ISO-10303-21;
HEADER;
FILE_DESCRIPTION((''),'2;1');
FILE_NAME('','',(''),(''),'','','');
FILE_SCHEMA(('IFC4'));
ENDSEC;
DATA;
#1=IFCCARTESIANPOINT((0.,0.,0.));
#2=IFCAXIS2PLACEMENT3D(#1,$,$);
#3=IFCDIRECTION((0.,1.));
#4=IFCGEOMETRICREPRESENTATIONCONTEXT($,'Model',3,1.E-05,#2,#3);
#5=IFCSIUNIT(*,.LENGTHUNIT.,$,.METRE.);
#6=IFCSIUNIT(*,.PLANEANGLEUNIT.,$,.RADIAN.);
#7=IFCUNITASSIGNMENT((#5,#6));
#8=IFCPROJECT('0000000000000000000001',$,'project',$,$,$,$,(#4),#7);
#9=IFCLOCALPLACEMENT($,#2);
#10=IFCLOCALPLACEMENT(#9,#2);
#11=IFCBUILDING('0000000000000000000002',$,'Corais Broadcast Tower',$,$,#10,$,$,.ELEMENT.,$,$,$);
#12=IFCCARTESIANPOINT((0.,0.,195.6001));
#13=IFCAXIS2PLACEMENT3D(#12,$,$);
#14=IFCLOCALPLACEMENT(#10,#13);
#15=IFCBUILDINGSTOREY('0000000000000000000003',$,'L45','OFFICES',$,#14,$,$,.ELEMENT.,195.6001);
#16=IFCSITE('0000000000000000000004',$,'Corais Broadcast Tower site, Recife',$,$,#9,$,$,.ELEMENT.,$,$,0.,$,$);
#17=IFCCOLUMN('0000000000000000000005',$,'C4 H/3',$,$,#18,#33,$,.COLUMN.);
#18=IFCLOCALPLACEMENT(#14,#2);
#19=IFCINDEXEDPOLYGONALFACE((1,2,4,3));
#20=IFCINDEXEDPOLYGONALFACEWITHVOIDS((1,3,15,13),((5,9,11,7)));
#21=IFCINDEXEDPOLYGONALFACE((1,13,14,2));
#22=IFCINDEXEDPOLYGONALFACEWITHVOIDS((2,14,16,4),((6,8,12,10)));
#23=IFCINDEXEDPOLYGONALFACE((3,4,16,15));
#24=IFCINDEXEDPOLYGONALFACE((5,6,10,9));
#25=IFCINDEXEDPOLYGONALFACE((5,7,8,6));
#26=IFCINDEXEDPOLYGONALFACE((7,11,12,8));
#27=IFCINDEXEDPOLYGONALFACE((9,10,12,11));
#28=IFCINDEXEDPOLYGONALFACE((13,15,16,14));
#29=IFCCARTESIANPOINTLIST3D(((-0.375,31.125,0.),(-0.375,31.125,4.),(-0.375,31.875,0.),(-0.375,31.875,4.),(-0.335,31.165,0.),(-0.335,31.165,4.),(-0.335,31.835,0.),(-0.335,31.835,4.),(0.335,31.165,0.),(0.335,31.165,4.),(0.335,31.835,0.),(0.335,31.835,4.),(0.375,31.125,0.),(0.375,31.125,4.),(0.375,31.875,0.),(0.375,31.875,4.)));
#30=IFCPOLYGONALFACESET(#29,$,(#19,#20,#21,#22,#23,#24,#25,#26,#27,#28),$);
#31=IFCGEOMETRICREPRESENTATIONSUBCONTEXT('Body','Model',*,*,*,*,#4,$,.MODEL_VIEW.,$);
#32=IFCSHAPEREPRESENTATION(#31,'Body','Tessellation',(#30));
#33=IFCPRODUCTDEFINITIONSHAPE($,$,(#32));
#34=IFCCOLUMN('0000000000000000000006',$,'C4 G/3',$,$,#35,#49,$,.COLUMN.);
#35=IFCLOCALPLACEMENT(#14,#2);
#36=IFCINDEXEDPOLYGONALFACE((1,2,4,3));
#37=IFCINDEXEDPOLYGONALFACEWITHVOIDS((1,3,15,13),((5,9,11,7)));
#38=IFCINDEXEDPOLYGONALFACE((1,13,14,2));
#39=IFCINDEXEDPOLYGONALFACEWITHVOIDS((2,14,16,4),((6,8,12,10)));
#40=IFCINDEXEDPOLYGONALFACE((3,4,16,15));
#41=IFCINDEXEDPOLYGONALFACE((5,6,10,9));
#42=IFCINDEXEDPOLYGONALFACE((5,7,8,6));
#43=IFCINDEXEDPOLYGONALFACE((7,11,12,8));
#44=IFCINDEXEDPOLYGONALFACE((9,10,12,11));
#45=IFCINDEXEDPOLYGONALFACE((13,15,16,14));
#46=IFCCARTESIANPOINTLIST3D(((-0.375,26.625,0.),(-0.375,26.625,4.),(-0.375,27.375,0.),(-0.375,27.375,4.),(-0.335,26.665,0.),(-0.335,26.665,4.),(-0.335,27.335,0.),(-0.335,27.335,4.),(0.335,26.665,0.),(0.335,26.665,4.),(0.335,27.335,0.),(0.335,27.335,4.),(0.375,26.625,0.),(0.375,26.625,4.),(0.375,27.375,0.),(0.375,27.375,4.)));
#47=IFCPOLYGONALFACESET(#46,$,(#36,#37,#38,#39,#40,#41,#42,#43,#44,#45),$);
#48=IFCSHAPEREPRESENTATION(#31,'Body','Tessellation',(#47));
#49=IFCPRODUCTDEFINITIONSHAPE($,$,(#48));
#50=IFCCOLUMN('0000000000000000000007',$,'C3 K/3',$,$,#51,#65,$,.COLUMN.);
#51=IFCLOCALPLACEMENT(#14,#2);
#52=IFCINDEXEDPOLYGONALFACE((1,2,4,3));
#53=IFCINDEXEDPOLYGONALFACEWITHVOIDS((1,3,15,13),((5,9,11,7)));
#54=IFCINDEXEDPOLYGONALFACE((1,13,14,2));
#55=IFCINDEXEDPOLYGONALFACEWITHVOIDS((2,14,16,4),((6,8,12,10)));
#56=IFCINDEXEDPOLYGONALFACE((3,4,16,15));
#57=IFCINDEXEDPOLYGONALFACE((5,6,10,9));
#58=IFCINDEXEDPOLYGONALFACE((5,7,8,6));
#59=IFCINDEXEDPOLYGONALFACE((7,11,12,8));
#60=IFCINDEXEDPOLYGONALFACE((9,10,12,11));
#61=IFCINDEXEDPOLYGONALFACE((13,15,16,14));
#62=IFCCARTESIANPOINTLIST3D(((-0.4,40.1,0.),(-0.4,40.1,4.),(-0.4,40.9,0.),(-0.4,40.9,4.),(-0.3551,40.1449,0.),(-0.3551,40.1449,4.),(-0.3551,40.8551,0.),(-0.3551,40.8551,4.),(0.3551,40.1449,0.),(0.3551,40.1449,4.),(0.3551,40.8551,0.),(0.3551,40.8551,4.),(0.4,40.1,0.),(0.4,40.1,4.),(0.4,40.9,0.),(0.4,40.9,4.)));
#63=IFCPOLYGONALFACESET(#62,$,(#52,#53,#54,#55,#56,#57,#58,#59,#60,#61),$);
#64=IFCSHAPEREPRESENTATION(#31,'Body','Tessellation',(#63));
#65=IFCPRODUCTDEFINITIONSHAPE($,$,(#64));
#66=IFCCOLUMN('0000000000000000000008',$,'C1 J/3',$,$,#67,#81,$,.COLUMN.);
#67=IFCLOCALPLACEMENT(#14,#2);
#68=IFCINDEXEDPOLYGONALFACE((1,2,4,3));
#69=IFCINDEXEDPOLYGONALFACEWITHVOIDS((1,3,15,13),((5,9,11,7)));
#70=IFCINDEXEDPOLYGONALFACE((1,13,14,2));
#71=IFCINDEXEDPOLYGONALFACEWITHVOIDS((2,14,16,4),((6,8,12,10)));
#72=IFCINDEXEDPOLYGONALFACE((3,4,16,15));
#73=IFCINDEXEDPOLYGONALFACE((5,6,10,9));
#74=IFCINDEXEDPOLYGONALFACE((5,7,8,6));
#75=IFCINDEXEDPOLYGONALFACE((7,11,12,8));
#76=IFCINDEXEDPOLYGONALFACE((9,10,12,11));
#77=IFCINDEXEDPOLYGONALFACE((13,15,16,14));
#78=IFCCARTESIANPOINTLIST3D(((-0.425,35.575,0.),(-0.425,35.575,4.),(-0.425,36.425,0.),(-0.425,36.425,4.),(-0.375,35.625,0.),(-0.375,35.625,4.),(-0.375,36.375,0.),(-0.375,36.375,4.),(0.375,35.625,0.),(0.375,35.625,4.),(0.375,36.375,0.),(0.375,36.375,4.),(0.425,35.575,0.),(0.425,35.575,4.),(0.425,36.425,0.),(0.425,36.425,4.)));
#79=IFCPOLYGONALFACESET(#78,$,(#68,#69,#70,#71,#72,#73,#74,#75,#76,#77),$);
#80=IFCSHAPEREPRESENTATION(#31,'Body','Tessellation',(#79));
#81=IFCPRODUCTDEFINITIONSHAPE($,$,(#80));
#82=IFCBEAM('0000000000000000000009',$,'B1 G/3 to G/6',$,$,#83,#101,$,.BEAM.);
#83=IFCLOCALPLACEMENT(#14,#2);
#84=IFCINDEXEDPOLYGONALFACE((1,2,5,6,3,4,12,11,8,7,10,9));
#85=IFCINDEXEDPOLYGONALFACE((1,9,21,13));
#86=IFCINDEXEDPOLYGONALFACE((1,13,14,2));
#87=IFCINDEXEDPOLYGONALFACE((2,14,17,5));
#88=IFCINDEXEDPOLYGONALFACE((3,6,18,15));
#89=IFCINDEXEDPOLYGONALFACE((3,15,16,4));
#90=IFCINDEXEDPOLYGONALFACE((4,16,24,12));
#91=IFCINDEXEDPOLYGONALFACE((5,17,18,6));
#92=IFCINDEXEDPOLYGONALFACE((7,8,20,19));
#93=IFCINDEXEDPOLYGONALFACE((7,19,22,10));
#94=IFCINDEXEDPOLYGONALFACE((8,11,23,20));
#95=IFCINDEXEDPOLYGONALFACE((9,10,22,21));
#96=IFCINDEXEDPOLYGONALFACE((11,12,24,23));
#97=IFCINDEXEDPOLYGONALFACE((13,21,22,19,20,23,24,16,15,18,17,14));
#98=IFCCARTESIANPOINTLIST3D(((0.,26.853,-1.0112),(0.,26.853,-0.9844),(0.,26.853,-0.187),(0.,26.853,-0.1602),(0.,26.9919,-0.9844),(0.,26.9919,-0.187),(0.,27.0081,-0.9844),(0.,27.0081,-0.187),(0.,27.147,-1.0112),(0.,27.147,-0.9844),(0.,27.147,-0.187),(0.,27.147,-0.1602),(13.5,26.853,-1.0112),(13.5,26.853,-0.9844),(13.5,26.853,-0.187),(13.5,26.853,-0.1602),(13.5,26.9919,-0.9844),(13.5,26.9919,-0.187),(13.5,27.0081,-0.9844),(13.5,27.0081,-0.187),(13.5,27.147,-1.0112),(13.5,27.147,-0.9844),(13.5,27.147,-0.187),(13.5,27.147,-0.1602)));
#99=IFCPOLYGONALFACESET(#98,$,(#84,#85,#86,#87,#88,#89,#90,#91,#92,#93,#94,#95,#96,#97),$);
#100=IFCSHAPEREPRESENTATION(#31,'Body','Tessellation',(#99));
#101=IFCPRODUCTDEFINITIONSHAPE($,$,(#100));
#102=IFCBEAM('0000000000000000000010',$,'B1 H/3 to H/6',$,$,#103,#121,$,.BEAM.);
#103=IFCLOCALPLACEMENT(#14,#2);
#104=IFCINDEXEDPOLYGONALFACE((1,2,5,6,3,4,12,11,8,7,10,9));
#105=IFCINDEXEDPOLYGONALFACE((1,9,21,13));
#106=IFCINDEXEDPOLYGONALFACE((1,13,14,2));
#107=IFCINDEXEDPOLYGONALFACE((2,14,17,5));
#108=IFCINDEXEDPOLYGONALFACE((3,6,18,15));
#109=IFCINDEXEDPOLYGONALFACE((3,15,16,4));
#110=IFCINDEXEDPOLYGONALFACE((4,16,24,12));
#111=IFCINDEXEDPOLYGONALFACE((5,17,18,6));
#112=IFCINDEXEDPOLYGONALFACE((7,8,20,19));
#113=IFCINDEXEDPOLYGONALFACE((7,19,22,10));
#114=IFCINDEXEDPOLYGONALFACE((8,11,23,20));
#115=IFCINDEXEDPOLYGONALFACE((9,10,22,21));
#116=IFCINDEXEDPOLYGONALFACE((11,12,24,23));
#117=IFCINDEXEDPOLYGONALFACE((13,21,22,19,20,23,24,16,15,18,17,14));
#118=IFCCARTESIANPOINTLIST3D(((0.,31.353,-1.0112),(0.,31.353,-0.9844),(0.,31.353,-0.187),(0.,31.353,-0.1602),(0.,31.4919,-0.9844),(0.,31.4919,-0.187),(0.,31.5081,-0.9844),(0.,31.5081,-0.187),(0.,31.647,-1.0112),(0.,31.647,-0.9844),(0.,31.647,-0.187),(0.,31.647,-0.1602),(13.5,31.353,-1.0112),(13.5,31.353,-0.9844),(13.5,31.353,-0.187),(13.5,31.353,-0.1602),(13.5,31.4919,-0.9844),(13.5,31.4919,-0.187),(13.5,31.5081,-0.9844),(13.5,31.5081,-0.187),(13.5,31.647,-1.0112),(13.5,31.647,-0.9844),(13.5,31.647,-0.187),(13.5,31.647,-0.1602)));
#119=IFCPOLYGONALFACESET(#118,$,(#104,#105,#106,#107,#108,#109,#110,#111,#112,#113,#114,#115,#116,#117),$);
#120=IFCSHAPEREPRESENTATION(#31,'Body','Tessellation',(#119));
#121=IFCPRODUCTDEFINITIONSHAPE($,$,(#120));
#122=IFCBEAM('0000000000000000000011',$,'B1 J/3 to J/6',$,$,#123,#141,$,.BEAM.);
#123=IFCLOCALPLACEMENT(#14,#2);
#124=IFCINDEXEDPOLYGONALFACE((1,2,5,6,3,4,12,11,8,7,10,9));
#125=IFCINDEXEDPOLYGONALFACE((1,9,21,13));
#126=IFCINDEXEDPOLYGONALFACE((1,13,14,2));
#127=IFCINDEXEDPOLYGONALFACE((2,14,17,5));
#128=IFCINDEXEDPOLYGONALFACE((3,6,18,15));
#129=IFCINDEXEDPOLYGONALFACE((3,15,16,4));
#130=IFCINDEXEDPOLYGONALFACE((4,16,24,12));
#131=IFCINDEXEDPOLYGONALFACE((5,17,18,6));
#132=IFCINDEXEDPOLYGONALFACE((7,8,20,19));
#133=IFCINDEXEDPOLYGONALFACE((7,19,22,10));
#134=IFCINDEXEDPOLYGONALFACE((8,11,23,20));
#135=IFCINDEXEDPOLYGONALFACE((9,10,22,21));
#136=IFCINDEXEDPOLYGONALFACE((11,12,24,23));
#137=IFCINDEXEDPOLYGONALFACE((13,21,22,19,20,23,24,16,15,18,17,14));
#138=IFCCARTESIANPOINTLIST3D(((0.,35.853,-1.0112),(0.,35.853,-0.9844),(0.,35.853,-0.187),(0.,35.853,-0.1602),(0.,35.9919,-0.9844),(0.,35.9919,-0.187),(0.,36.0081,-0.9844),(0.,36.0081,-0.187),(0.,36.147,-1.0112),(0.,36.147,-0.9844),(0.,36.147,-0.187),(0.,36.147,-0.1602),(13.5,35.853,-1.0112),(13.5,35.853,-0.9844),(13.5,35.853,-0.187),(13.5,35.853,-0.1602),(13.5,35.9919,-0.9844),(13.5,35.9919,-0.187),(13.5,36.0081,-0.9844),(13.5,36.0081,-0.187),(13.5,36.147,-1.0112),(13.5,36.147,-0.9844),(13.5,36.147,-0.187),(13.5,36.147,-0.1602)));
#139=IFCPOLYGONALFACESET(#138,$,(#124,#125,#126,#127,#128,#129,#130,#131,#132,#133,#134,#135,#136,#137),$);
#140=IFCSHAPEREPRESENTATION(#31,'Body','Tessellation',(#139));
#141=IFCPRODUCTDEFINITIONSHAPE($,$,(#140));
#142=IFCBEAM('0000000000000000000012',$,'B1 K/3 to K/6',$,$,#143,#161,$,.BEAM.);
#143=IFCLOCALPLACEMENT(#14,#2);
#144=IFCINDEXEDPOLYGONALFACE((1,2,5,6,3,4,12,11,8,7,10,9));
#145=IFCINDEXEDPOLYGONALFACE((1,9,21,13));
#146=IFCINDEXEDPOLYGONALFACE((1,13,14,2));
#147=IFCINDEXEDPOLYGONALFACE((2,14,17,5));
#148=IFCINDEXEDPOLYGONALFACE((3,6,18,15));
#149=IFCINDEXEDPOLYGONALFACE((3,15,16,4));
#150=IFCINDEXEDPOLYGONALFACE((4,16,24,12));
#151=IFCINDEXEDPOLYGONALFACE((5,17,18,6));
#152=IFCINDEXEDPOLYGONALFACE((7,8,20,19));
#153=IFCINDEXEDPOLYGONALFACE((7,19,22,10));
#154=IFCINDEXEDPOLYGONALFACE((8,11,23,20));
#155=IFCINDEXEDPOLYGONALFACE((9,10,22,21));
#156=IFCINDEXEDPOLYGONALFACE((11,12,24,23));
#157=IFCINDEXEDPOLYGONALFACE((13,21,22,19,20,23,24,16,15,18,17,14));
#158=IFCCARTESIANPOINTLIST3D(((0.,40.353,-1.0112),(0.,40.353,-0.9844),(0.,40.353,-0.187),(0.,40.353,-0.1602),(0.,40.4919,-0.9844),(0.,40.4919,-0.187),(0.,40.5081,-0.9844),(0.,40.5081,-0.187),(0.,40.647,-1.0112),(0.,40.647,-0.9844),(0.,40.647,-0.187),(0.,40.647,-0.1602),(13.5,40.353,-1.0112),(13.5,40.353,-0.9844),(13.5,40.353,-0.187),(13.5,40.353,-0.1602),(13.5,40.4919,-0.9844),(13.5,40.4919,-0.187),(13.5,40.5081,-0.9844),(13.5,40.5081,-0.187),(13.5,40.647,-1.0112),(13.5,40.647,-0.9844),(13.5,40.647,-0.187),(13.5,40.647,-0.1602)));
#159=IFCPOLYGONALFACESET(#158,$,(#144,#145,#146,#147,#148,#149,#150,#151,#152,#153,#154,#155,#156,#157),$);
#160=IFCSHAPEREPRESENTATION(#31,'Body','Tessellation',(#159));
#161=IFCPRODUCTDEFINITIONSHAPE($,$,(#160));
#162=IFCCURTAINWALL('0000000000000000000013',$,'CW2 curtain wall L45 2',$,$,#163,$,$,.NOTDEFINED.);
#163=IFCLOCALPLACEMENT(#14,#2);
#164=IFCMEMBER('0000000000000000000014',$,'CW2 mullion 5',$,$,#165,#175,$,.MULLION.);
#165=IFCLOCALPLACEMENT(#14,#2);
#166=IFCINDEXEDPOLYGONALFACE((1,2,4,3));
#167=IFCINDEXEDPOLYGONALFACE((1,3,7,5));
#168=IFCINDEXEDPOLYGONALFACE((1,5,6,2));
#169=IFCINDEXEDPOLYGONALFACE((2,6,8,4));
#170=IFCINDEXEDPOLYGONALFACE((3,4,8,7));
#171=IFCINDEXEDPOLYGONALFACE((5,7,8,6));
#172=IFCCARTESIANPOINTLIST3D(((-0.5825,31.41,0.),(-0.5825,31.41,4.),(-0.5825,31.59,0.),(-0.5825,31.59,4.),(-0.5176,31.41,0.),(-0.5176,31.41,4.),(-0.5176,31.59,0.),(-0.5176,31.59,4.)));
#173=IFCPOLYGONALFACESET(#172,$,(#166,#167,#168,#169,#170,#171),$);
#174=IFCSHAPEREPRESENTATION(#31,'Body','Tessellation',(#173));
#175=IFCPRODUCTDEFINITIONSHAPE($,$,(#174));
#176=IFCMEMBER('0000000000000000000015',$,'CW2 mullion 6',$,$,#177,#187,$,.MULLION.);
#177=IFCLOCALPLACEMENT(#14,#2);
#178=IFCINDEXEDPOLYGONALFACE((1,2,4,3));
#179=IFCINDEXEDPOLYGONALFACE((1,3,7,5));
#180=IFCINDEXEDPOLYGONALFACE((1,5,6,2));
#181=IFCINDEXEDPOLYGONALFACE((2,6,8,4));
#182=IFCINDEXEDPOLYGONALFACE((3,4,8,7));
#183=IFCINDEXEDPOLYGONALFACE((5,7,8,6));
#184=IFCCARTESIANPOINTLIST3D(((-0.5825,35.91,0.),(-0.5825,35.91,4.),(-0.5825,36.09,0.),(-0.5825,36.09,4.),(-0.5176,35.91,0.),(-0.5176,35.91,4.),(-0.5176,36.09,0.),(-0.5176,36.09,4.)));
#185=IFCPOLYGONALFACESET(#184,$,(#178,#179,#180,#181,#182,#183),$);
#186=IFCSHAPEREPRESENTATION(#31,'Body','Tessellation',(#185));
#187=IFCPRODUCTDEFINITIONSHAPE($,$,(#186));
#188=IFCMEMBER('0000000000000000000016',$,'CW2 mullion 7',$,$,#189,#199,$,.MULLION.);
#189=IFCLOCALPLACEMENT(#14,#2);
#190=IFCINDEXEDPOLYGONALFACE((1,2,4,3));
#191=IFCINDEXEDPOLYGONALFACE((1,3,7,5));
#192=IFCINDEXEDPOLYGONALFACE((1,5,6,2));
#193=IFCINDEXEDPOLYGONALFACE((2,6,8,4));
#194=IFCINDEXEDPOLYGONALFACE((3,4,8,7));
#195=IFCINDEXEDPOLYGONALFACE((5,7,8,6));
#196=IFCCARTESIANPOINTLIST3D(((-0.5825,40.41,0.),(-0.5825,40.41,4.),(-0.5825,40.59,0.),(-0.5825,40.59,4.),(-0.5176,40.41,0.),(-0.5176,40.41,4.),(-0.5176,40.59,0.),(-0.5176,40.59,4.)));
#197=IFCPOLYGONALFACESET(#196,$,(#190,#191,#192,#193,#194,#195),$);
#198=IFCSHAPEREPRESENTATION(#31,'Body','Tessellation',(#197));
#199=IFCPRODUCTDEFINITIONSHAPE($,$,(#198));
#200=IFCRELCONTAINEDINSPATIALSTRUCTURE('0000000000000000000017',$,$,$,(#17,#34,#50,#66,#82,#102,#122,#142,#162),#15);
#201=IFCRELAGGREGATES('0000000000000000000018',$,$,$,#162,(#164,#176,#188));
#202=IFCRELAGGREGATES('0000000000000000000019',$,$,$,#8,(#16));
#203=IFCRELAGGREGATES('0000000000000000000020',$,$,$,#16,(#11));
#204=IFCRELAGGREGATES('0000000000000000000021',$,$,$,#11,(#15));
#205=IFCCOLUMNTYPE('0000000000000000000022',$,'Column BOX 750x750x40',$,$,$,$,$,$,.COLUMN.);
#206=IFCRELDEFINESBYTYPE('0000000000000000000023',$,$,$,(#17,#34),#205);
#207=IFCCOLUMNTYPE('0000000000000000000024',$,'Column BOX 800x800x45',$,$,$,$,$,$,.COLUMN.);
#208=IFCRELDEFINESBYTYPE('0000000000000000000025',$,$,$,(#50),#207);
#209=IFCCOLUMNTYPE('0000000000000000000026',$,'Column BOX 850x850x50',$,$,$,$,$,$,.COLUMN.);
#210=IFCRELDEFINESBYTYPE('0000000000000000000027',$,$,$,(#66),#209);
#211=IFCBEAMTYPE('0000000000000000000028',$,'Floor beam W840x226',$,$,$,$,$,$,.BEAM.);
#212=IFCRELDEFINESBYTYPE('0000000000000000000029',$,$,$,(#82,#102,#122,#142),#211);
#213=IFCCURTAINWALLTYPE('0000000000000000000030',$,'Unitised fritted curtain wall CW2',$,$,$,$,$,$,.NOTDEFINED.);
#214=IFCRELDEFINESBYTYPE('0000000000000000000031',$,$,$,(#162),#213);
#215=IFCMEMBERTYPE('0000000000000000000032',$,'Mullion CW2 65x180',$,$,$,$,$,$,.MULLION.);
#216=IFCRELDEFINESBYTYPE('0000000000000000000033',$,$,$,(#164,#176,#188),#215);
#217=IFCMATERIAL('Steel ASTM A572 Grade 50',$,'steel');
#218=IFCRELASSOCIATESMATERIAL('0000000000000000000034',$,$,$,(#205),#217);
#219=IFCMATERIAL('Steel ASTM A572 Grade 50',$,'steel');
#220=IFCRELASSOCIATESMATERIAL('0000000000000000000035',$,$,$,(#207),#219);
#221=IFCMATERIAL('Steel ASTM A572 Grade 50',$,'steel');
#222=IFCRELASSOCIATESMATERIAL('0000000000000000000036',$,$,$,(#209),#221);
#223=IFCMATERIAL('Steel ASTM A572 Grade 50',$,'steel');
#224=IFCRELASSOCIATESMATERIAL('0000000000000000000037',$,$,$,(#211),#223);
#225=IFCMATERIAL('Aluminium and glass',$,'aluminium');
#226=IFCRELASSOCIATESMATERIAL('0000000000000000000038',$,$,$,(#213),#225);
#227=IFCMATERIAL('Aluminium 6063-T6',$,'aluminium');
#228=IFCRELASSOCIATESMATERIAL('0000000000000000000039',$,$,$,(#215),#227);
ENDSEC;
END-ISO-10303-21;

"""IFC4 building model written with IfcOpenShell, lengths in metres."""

from ifc_helpers import new_model, si_unit, direction, frame, origin, origin_2d, place, context, subcontext, project, spatial, rectangle, hollow_rectangle, i_section, extrude, material, material_profile, profile_set, type_object, element, aggregate, save


model = new_model("IFC4")

# Units and contexts
model_context = context("Model", 3, precision=1e-05, world=origin(), true_north=direction((0.0, 1.0)))
body_context = subcontext(model_context, "Body", "Model", "MODEL_VIEW")
ifc_project = project(units=[si_unit("LENGTHUNIT", "METRE"), si_unit("PLANEANGLEUNIT", "RADIAN")], contexts=[model_context])

# Site, building, storey
site_placement = place(None, origin())
site = spatial("IfcSite", under=ifc_project, at=site_placement, Name="Corais Broadcast Tower site, Recife", CompositionType="ELEMENT", RefElevation=0.0)
building_placement = place(site_placement, origin())
building = spatial("IfcBuilding", under=site, at=building_placement, Name="Corais Broadcast Tower", CompositionType="ELEMENT")
storey_placement = place(building_placement, frame((0.0, 0.0, 195.6001)))
storey = spatial("IfcBuildingStorey", under=building, at=storey_placement, Name="L45", Description="OFFICES", CompositionType="ELEMENT", Elevation=195.6001)

# Columns
ifc_material_1 = material(Name="Steel ASTM A572 Grade 50", Category="steel")
ifc_material_profile_1 = material_profile(ifc_material_1, hollow_rectangle(XDim=0.75, YDim=0.75, WallThickness=0.04, at=origin_2d()), Name="BOX 750x750x40")
ifc_profile_set_1 = profile_set([ifc_material_profile_1], Name="Steel ASTM A572 Grade 50")
column_type_1 = type_object("IfcColumnType", Name="Column BOX 750x750x40", PredefinedType="COLUMN", material=ifc_profile_set_1)
for number, where, z_axis, x_axis, name in (
    (1, (0.0, 31.5, 0.0), (0.0, 0.0, 1.0), (1.0, 0.0, 0.0), "C4 H/3"),
    (2, (0.0, 27.0, 0.0), (0.0, 0.0, 1.0), (1.0, 0.0, 0.0), "C4 G/3"),
):
    element("IfcColumn", number, at=place(storey_placement, frame(where, z_axis=z_axis, x_axis=x_axis)), inside=storey, type_object=column_type_1, Name=name, PredefinedType="COLUMN", context=body_context, shape_type="SweptSolid", body=[
        extrude(hollow_rectangle(XDim=0.75, YDim=0.75, WallThickness=0.04, at=origin_2d()), origin(), (0.0, 0.0, 1.0), 4.0),
    ])
ifc_material_2 = material(Name="Steel ASTM A572 Grade 50", Category="steel")
ifc_material_profile_2 = material_profile(ifc_material_2, hollow_rectangle(XDim=0.8, YDim=0.8, WallThickness=0.0449, at=origin_2d()), Name="BOX 800x800x45")
ifc_profile_set_2 = profile_set([ifc_material_profile_2], Name="Steel ASTM A572 Grade 50")
column_type_2 = type_object("IfcColumnType", Name="Column BOX 800x800x45", PredefinedType="COLUMN", material=ifc_profile_set_2)
column_1_placement = place(storey_placement, frame((0.0, 40.5, 0.0), z_axis=(0.0, 0.0, 1.0), x_axis=(1.0, 0.0, 0.0)))
element("IfcColumn", 3, at=column_1_placement, inside=storey, type_object=column_type_2, Name="C3 K/3", PredefinedType="COLUMN", context=body_context, shape_type="SweptSolid", body=[
    extrude(hollow_rectangle(XDim=0.8, YDim=0.8, WallThickness=0.0449, at=origin_2d()), origin(), (0.0, 0.0, 1.0), 4.0),
])
ifc_material_3 = material(Name="Steel ASTM A572 Grade 50", Category="steel")
ifc_material_profile_3 = material_profile(ifc_material_3, hollow_rectangle(XDim=0.8501, YDim=0.8501, WallThickness=0.05, at=origin_2d()), Name="BOX 850x850x50")
ifc_profile_set_3 = profile_set([ifc_material_profile_3], Name="Steel ASTM A572 Grade 50")
column_type_3 = type_object("IfcColumnType", Name="Column BOX 850x850x50", PredefinedType="COLUMN", material=ifc_profile_set_3)
column_2_placement = place(storey_placement, frame((0.0, 36.0, 0.0), z_axis=(0.0, 0.0, 1.0), x_axis=(1.0, 0.0, 0.0)))
element("IfcColumn", 4, at=column_2_placement, inside=storey, type_object=column_type_3, Name="C1 J/3", PredefinedType="COLUMN", context=body_context, shape_type="SweptSolid", body=[
    extrude(hollow_rectangle(XDim=0.8501, YDim=0.8501, WallThickness=0.05, at=origin_2d()), origin(), (0.0, 0.0, 1.0), 4.0),
])

# Beams
ifc_material_4 = material(Name="Steel ASTM A572 Grade 50", Category="steel")
ifc_material_profile_4 = material_profile(ifc_material_4, i_section(OverallWidth=0.2939, OverallDepth=0.8511, WebThickness=0.0161, FlangeThickness=0.0269, at=origin_2d()), Name="W840x226")
ifc_profile_set_4 = profile_set([ifc_material_profile_4], Name="Steel ASTM A572 Grade 50")
beam_type_1 = type_object("IfcBeamType", Name="Floor beam W840x226", PredefinedType="BEAM", material=ifc_profile_set_4)
for number, where, z_axis, x_axis, name in (
    (5, (0.0, 27.0, -0.5857), (1.0, 0.0, 0.0), (0.0, 1.0, 0.0), "B1 G/3 to G/6"),
    (6, (0.0, 31.5, -0.5857), (1.0, 0.0, 0.0), (0.0, 1.0, 0.0), "B1 H/3 to H/6"),
    (7, (0.0, 36.0, -0.5857), (1.0, 0.0, 0.0), (0.0, 1.0, 0.0), "B1 J/3 to J/6"),
    (8, (0.0, 40.5, -0.5857), (1.0, 0.0, 0.0), (0.0, 1.0, 0.0), "B1 K/3 to K/6"),
):
    element("IfcBeam", number, at=place(storey_placement, frame(where, z_axis=z_axis, x_axis=x_axis)), inside=storey, type_object=beam_type_1, Name=name, PredefinedType="BEAM", context=body_context, shape_type="SweptSolid", body=[
        extrude(i_section(OverallWidth=0.2939, OverallDepth=0.8511, WebThickness=0.0161, FlangeThickness=0.0269, at=origin_2d()), origin(), (0.0, 0.0, 1.0), 13.5),
    ])

# Curtain wall, members
ifc_material_5 = material(Name="Aluminium and glass", Category="aluminium")
curtain_wall_type = type_object("IfcCurtainWallType", Name="Unitised fritted curtain wall CW2", PredefinedType="NOTDEFINED", material=ifc_material_5)
curtain_wall_placement = place(storey_placement, origin())
curtain_wall = element("IfcCurtainWall", 9, at=curtain_wall_placement, inside=storey, type_object=curtain_wall_type, Name="CW2 curtain wall L45 2", PredefinedType="NOTDEFINED")
ifc_material_6 = material(Name="Aluminium 6063-T6", Category="aluminium")
ifc_material_profile_5 = material_profile(ifc_material_6, rectangle(XDim=0.0649, YDim=0.1799, at=origin_2d()), Name="Mullion CW2 65x180")
ifc_profile_set_5 = profile_set([ifc_material_profile_5], Name="Aluminium 6063-T6")
member_type_1 = type_object("IfcMemberType", Name="Mullion CW2 65x180", PredefinedType="MULLION", material=ifc_profile_set_5)
member_1_placement = place(storey_placement, frame((-0.55, 31.5, 0.0), z_axis=(0.0, 0.0, 1.0), x_axis=(-1.0, 0.0, 0.0)))
member_1 = element("IfcMember", 10, at=member_1_placement, type_object=member_type_1, Name="CW2 mullion 5", PredefinedType="MULLION", context=body_context, shape_type="SweptSolid", body=[
    extrude(rectangle(XDim=0.0649, YDim=0.1799, at=origin_2d()), origin(), (0.0, 0.0, 1.0), 4.0),
])
member_2_placement = place(storey_placement, frame((-0.55, 36.0, 0.0), z_axis=(0.0, 0.0, 1.0), x_axis=(-1.0, 0.0, 0.0)))
member_2 = element("IfcMember", 11, at=member_2_placement, type_object=member_type_1, Name="CW2 mullion 6", PredefinedType="MULLION", context=body_context, shape_type="SweptSolid", body=[
    extrude(rectangle(XDim=0.0649, YDim=0.1799, at=origin_2d()), origin(), (0.0, 0.0, 1.0), 4.0),
])
member_3_placement = place(storey_placement, frame((-0.55, 40.5, 0.0), z_axis=(0.0, 0.0, 1.0), x_axis=(-1.0, 0.0, 0.0)))
member_3 = element("IfcMember", 12, at=member_3_placement, type_object=member_type_1, Name="CW2 mullion 7", PredefinedType="MULLION", context=body_context, shape_type="SweptSolid", body=[
    extrude(rectangle(XDim=0.0649, YDim=0.1799, at=origin_2d()), origin(), (0.0, 0.0, 1.0), 4.0),
])

aggregate(curtain_wall, [member_1, member_2, member_3])

save(model, "model.ifc")
